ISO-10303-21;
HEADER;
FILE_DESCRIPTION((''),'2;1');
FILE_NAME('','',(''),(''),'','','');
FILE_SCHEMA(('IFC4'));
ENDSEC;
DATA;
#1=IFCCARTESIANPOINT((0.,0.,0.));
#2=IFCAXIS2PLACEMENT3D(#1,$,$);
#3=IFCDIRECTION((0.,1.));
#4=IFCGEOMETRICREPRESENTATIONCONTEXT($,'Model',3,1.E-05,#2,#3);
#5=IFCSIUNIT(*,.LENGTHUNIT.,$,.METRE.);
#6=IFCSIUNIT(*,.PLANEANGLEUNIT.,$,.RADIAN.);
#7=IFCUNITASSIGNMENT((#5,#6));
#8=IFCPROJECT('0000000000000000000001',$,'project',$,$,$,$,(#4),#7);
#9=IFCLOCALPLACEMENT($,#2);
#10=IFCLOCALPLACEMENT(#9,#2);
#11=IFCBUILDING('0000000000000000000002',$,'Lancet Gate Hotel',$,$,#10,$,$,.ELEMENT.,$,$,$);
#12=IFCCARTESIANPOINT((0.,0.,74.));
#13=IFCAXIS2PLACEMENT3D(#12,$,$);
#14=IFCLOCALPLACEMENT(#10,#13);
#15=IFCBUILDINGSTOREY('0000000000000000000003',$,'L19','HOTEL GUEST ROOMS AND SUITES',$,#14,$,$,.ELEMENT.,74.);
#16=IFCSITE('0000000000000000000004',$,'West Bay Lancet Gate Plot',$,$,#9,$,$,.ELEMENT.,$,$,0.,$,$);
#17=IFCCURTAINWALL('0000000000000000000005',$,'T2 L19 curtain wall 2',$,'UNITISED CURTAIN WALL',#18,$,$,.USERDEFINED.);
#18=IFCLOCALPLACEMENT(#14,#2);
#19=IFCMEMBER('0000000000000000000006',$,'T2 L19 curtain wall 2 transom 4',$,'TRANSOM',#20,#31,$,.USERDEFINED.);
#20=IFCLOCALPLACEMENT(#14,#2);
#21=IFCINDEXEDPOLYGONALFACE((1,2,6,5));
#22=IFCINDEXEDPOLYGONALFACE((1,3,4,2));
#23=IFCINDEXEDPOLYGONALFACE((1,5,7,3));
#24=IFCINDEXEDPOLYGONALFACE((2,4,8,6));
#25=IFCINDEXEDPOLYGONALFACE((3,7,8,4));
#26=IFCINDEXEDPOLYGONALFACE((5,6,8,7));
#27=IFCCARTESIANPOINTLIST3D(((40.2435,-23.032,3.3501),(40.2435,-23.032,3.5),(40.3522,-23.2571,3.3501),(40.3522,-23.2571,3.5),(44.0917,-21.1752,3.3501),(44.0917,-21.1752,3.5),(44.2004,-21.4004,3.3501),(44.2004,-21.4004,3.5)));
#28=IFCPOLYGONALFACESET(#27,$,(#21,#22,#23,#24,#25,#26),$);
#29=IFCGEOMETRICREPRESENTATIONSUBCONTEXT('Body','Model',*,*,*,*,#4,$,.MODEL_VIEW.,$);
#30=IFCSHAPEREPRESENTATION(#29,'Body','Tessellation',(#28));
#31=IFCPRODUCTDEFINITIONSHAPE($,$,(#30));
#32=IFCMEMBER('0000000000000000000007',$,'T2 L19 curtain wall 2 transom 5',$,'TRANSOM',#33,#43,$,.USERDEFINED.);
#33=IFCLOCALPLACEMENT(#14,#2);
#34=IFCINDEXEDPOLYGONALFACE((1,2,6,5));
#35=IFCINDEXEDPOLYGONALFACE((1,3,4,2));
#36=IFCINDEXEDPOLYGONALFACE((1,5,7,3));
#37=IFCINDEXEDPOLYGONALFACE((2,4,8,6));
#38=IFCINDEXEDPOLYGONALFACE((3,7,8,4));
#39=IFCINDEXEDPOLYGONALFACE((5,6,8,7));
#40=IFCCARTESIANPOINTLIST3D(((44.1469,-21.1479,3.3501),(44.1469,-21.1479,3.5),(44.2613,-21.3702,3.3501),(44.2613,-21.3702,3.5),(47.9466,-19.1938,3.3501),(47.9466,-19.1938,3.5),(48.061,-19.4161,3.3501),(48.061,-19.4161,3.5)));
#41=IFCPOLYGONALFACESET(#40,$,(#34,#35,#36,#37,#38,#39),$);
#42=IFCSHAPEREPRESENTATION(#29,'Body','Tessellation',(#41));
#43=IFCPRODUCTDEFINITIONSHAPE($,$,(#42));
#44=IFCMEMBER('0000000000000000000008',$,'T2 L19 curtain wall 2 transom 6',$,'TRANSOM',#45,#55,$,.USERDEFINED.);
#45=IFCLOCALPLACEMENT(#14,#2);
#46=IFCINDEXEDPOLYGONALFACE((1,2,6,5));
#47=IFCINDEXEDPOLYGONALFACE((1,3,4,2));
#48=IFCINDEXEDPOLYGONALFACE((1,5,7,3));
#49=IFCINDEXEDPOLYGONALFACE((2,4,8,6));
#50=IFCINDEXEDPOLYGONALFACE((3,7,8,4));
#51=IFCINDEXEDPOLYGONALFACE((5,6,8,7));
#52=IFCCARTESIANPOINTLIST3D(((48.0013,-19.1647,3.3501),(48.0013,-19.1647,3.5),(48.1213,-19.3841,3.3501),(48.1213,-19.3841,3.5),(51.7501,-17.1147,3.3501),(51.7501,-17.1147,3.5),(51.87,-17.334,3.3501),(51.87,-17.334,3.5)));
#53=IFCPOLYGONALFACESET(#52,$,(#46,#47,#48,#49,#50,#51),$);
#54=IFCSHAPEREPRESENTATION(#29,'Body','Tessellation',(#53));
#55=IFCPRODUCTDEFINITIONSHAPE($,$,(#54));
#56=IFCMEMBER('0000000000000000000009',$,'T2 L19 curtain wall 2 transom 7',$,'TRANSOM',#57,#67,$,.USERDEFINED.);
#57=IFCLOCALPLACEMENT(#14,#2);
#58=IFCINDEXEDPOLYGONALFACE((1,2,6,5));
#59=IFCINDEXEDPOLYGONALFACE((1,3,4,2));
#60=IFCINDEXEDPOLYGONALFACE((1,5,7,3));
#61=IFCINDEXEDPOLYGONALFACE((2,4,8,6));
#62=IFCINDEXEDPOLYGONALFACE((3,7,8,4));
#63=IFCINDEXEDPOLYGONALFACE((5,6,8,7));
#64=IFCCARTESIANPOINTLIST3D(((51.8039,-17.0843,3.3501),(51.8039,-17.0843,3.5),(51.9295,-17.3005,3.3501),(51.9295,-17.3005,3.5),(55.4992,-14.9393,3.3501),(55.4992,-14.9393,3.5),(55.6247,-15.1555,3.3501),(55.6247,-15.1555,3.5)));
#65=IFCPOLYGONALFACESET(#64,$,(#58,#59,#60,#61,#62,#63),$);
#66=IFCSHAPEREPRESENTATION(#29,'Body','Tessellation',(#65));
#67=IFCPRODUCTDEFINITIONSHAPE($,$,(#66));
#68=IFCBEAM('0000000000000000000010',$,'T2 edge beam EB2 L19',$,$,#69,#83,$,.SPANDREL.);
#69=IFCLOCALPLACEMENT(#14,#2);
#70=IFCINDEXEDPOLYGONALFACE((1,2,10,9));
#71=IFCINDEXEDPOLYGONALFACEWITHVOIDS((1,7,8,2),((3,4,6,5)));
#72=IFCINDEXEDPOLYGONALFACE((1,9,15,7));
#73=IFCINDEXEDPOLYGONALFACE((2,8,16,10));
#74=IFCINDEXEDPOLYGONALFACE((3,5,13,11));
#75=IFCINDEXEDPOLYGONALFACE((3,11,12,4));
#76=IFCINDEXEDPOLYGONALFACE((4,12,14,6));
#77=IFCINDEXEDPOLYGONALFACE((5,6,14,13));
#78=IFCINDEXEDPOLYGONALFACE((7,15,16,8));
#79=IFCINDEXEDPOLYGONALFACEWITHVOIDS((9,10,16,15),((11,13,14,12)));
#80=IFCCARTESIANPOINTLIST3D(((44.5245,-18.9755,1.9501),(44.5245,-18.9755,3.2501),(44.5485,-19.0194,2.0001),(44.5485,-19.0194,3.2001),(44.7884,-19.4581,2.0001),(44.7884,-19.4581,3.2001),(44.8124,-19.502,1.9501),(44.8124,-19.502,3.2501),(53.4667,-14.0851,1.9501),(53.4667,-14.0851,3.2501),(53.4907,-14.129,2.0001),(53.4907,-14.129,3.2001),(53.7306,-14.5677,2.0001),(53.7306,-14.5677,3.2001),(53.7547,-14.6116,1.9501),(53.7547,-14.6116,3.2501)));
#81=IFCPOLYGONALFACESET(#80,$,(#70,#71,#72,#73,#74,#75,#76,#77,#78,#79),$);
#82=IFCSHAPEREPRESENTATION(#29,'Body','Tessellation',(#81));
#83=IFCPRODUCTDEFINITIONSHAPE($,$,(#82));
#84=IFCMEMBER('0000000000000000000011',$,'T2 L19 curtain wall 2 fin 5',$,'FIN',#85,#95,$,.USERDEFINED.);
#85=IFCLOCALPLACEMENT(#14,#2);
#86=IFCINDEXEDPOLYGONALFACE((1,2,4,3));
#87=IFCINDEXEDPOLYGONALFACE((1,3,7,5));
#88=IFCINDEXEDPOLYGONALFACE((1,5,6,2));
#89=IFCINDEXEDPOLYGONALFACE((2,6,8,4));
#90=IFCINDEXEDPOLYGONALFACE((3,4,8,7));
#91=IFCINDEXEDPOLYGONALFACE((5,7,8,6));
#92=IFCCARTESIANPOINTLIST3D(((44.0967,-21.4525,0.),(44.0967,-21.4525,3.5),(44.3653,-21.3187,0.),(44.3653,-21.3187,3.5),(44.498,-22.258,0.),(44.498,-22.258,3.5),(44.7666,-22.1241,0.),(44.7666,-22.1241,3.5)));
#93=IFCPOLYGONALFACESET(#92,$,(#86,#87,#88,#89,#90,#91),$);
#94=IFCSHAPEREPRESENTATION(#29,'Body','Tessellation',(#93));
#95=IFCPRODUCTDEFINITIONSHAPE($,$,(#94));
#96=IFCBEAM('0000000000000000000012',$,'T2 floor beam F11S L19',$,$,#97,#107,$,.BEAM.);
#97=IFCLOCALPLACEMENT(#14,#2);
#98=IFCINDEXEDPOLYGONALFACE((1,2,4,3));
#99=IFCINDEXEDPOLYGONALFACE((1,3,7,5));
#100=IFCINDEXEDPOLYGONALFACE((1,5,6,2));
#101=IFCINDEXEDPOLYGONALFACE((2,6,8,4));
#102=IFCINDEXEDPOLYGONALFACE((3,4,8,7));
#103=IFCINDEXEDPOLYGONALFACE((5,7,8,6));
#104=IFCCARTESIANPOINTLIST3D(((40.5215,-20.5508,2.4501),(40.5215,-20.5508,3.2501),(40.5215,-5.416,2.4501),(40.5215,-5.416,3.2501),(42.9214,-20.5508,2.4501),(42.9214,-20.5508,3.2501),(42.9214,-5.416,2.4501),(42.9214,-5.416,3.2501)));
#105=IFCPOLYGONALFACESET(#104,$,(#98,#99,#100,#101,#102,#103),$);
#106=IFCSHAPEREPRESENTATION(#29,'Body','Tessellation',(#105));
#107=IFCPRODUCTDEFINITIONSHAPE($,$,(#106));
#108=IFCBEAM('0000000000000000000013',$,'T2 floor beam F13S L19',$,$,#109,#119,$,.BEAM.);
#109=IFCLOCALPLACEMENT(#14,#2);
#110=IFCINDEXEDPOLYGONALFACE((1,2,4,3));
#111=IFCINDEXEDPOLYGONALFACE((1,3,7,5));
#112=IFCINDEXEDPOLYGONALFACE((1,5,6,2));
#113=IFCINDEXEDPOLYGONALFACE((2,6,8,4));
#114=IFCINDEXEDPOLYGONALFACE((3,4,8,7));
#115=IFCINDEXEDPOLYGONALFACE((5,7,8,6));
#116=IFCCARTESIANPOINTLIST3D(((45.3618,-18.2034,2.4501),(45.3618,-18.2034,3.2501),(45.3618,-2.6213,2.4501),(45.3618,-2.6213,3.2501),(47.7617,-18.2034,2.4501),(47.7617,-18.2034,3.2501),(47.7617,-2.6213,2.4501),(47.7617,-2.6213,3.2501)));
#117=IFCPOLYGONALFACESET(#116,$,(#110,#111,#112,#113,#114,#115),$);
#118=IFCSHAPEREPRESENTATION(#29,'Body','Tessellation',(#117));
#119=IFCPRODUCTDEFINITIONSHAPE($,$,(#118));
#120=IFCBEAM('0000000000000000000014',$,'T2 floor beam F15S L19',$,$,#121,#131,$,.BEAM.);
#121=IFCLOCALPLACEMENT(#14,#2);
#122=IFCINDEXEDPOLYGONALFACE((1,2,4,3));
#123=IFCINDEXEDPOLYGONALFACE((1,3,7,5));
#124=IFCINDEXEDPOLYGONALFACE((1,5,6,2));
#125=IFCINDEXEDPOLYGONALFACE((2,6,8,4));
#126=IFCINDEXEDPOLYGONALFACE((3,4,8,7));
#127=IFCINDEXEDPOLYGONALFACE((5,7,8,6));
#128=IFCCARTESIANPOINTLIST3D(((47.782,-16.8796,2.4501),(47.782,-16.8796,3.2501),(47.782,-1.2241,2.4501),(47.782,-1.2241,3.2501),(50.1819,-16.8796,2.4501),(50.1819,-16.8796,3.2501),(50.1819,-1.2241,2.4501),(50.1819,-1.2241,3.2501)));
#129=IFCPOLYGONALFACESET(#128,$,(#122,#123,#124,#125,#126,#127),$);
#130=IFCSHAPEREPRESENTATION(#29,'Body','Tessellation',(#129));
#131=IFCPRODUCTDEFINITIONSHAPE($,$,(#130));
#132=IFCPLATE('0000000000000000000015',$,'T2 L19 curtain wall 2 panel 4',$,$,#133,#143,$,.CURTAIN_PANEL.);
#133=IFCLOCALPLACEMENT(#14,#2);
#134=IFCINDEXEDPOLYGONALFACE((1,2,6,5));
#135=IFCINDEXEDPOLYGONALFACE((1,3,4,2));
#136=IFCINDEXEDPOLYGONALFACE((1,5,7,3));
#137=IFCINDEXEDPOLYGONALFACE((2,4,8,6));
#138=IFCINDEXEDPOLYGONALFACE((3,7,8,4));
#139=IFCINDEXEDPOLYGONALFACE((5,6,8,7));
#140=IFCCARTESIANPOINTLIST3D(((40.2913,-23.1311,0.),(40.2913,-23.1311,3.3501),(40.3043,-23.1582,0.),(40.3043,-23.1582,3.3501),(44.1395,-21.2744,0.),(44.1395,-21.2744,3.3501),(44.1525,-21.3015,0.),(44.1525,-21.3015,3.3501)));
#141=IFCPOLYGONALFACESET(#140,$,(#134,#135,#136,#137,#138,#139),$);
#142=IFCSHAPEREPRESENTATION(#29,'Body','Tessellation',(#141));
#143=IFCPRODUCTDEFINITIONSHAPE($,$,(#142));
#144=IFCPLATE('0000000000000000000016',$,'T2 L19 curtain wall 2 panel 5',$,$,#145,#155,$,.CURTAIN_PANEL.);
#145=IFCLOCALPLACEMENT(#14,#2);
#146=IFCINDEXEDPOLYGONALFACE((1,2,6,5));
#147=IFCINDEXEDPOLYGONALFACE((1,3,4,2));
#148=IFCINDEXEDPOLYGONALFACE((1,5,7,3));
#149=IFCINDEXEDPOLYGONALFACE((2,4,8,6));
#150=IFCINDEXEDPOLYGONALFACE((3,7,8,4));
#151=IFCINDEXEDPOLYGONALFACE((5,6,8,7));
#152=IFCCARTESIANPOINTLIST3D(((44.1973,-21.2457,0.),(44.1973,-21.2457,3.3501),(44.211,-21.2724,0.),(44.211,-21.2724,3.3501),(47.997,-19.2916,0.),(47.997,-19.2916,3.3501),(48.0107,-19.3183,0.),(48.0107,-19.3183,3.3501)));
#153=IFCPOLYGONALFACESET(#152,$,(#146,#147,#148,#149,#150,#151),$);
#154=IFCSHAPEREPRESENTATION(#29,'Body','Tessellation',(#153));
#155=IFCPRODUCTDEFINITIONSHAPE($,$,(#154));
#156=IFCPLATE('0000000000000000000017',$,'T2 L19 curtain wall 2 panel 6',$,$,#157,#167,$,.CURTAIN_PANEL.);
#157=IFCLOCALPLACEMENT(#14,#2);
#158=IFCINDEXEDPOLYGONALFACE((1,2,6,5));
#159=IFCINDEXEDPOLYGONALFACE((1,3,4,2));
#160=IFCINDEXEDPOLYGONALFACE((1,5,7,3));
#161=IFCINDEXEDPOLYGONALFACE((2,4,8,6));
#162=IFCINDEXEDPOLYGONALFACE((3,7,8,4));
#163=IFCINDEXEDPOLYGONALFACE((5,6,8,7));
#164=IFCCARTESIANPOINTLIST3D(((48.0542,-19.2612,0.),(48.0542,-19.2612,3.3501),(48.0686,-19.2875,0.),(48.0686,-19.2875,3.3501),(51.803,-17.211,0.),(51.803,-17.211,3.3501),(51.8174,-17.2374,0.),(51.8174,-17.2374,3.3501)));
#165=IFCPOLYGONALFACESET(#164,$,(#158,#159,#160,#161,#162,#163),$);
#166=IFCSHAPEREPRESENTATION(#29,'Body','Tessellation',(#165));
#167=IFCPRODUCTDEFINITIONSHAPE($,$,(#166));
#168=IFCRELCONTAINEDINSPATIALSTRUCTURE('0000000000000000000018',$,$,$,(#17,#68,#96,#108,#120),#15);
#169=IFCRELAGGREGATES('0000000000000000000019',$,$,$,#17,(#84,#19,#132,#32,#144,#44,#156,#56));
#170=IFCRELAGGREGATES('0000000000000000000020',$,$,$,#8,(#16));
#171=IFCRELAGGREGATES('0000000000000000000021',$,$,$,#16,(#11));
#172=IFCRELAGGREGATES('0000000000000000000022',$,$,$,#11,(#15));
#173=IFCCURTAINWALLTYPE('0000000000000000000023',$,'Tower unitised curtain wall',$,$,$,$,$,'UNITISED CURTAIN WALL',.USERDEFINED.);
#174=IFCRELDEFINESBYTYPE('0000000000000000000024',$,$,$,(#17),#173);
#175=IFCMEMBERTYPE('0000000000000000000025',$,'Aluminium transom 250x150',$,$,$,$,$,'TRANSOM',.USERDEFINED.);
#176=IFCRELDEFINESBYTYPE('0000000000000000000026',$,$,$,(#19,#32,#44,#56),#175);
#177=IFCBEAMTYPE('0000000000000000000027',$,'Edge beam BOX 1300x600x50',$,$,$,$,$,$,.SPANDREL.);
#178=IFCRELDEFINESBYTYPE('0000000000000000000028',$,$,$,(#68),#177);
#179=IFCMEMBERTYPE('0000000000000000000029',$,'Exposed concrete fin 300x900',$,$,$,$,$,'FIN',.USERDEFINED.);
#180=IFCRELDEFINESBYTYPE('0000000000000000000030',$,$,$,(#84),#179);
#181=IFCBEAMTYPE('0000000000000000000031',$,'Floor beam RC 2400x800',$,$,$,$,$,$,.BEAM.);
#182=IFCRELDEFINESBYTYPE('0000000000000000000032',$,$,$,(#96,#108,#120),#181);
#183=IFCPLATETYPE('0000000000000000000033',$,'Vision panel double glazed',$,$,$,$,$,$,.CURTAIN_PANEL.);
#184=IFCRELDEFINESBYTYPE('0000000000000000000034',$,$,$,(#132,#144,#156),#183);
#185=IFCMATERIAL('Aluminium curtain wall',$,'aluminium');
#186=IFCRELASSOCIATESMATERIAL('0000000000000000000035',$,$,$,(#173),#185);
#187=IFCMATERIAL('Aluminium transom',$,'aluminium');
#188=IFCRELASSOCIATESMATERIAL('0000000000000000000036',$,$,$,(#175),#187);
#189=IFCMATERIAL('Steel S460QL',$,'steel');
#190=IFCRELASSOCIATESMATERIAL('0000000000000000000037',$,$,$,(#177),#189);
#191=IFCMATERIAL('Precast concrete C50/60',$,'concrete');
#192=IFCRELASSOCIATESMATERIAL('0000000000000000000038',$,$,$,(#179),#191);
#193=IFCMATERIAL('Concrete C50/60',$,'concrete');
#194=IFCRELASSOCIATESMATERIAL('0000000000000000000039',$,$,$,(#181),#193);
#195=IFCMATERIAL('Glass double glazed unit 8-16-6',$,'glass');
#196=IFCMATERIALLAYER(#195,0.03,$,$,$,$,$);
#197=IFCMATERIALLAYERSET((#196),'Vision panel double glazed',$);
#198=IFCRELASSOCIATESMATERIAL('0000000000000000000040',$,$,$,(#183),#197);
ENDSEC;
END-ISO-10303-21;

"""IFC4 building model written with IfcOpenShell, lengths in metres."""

from ifc_helpers import new_model, si_unit, direction, frame, origin, origin_2d, place, context, subcontext, project, spatial, rectangle, hollow_rectangle, extrude, material, layer, layer_set, material_profile, profile_set, type_object, element, aggregate, save


model = new_model("IFC4")

# Units and contexts
model_context = context("Model", 3, precision=1e-05, world=origin(), true_north=direction((0.0, 1.0)))
body_context = subcontext(model_context, "Body", "Model", "MODEL_VIEW")
ifc_project = project(units=[si_unit("LENGTHUNIT", "METRE"), si_unit("PLANEANGLEUNIT", "RADIAN")], contexts=[model_context])

# Site, building, storey
site_placement = place(None, origin())
site = spatial("IfcSite", under=ifc_project, at=site_placement, Name="West Bay Lancet Gate Plot", CompositionType="ELEMENT", RefElevation=0.0)
building_placement = place(site_placement, origin())
building = spatial("IfcBuilding", under=site, at=building_placement, Name="Lancet Gate Hotel", CompositionType="ELEMENT")
storey_placement = place(building_placement, frame((0.0, 0.0, 74.0)))
storey = spatial("IfcBuildingStorey", under=building, at=storey_placement, Name="L19", Description="HOTEL GUEST ROOMS AND SUITES", CompositionType="ELEMENT", Elevation=74.0)

# Curtain wall, members
ifc_material_1 = material(Name="Aluminium curtain wall", Category="aluminium")
curtain_wall_type = type_object("IfcCurtainWallType", Name="Tower unitised curtain wall", ElementType="UNITISED CURTAIN WALL", PredefinedType="USERDEFINED", material=ifc_material_1)
curtain_wall_placement = place(storey_placement, origin())
curtain_wall = element("IfcCurtainWall", 1, at=curtain_wall_placement, inside=storey, type_object=curtain_wall_type, Name="T2 L19 curtain wall 2", ObjectType="UNITISED CURTAIN WALL", PredefinedType="USERDEFINED")
ifc_material_2 = material(Name="Aluminium transom", Category="aluminium")
ifc_material_profile_1 = material_profile(ifc_material_2, rectangle(XDim=0.25, YDim=0.1499, at=origin_2d()), Name="TRANSOM 250x150")
ifc_profile_set_1 = profile_set([ifc_material_profile_1], Name="Aluminium transom")
member_type_1 = type_object("IfcMemberType", Name="Aluminium transom 250x150", ElementType="TRANSOM", PredefinedType="USERDEFINED", material=ifc_profile_set_1)
member_1_placement = place(storey_placement, frame((40.2979, -23.1445, 3.425), z_axis=(0.900646, 0.434553, 0.0), x_axis=(-0.434553, 0.900646, 0.0)))
member_1 = element("IfcMember", 2, at=member_1_placement, type_object=member_type_1, Name="T2 L19 curtain wall 2 transom 4", ObjectType="TRANSOM", PredefinedType="USERDEFINED", context=body_context, shape_type="SweptSolid", body=[
    extrude(rectangle(XDim=0.25, YDim=0.1499, at=origin_2d()), origin(), (0.0, 0.0, 1.0), 4.2727),
])
member_2_placement = place(storey_placement, frame((44.2041, -21.259, 3.425), z_axis=(0.889296, 0.457333, 0.0), x_axis=(-0.457333, 0.889296, 0.0)))
member_2 = element("IfcMember", 3, at=member_2_placement, type_object=member_type_1, Name="T2 L19 curtain wall 2 transom 5", ObjectType="TRANSOM", PredefinedType="USERDEFINED", context=body_context, shape_type="SweptSolid", body=[
    extrude(rectangle(XDim=0.25, YDim=0.1499, at=origin_2d()), origin(), (0.0, 0.0, 1.0), 4.2727),
])
member_3_placement = place(storey_placement, frame((48.0613, -19.2744, 3.425), z_axis=(0.877378, 0.479801, 0.0), x_axis=(-0.479801, 0.877378, 0.0)))
member_3 = element("IfcMember", 4, at=member_3_placement, type_object=member_type_1, Name="T2 L19 curtain wall 2 transom 6", ObjectType="TRANSOM", PredefinedType="USERDEFINED", context=body_context, shape_type="SweptSolid", body=[
    extrude(rectangle(XDim=0.25, YDim=0.1499, at=origin_2d()), origin(), (0.0, 0.0, 1.0), 4.2727),
])
member_4_placement = place(storey_placement, frame((51.8667, -17.1924, 3.425), z_axis=(0.864855, 0.502022, 0.0), x_axis=(-0.502022, 0.864855, 0.0)))
member_4 = element("IfcMember", 5, at=member_4_placement, type_object=member_type_1, Name="T2 L19 curtain wall 2 transom 7", ObjectType="TRANSOM", PredefinedType="USERDEFINED", context=body_context, shape_type="SweptSolid", body=[
    extrude(rectangle(XDim=0.25, YDim=0.1499, at=origin_2d()), origin(), (0.0, 0.0, 1.0), 4.2727),
])

# Beam
ifc_material_3 = material(Name="Steel S460QL", Category="steel")
ifc_material_profile_2 = material_profile(ifc_material_3, hollow_rectangle(XDim=0.6001, YDim=1.3, WallThickness=0.05, at=origin_2d()), Name="BOX 1300x600x50")
ifc_profile_set_2 = profile_set([ifc_material_profile_2], Name="Steel S460QL")
beam_type_1 = type_object("IfcBeamType", Name="Edge beam BOX 1300x600x50", PredefinedType="SPANDREL", material=ifc_profile_set_2)
beam_1_placement = place(storey_placement, frame((44.6685, -19.2388, 2.6001), z_axis=(0.877365, 0.479824, 0.0), x_axis=(-0.479824, 0.877365, 0.0)))
element("IfcBeam", 6, at=beam_1_placement, inside=storey, type_object=beam_type_1, Name="T2 edge beam EB2 L19", PredefinedType="SPANDREL", context=body_context, shape_type="SweptSolid", body=[
    extrude(hollow_rectangle(XDim=0.6001, YDim=1.3, WallThickness=0.05, at=origin_2d()), origin(), (0.0, 0.0, 1.0), 10.1921),
])

# Member
ifc_material_4 = material(Name="Precast concrete C50/60", Category="concrete")
ifc_material_profile_3 = material_profile(ifc_material_4, rectangle(XDim=0.3, YDim=0.8999, at=origin_2d()), Name="FIN 300x900")
ifc_profile_set_3 = profile_set([ifc_material_profile_3], Name="Precast concrete C50/60")
member_type_2 = type_object("IfcMemberType", Name="Exposed concrete fin 300x900", ElementType="FIN", PredefinedType="USERDEFINED", material=ifc_profile_set_3)
member_5_placement = place(storey_placement, frame((44.4316, -21.7883, 0.0), z_axis=(0.0, 0.0, 1.0), x_axis=(0.895044, 0.445978, 0.0)))
member_5 = element("IfcMember", 7, at=member_5_placement, type_object=member_type_2, Name="T2 L19 curtain wall 2 fin 5", ObjectType="FIN", PredefinedType="USERDEFINED", context=body_context, shape_type="SweptSolid", body=[
    extrude(rectangle(XDim=0.3, YDim=0.8999, at=origin_2d()), origin(), (0.0, 0.0, 1.0), 3.5),
])

# Beams
ifc_material_5 = material(Name="Concrete C50/60", Category="concrete")
ifc_material_profile_4 = material_profile(ifc_material_5, rectangle(XDim=2.3999, YDim=0.8, at=origin_2d()), Name="RC 2400x800")
ifc_profile_set_4 = profile_set([ifc_material_profile_4], Name="Concrete C50/60")
beam_type_2 = type_object("IfcBeamType", Name="Floor beam RC 2400x800", PredefinedType="BEAM", material=ifc_profile_set_4)
beam_2_placement = place(storey_placement, frame((41.7214, -20.5508, 2.8501), z_axis=(0.0, 1.0, 0.0), x_axis=(-1.0, 0.0, 0.0)))
element("IfcBeam", 8, at=beam_2_placement, inside=storey, type_object=beam_type_2, Name="T2 floor beam F11S L19", PredefinedType="BEAM", context=body_context, shape_type="SweptSolid", body=[
    extrude(rectangle(XDim=2.3999, YDim=0.8, at=origin_2d()), origin(), (0.0, 0.0, 1.0), 15.1348),
])
beam_3_placement = place(storey_placement, frame((46.5618, -18.2034, 2.8501), z_axis=(0.0, 1.0, 0.0), x_axis=(-1.0, 0.0, 0.0)))
element("IfcBeam", 9, at=beam_3_placement, inside=storey, type_object=beam_type_2, Name="T2 floor beam F13S L19", PredefinedType="BEAM", context=body_context, shape_type="SweptSolid", body=[
    extrude(rectangle(XDim=2.3999, YDim=0.8, at=origin_2d()), origin(), (0.0, 0.0, 1.0), 15.582),
])
beam_4_placement = place(storey_placement, frame((48.9819, -16.8796, 2.8501), z_axis=(0.0, 1.0, 0.0), x_axis=(-1.0, 0.0, 0.0)))
element("IfcBeam", 10, at=beam_4_placement, inside=storey, type_object=beam_type_2, Name="T2 floor beam F15S L19", PredefinedType="BEAM", context=body_context, shape_type="SweptSolid", body=[
    extrude(rectangle(XDim=2.3999, YDim=0.8, at=origin_2d()), origin(), (0.0, 0.0, 1.0), 15.6555),
])

# Plates
ifc_material_6 = material(Name="Glass double glazed unit 8-16-6", Category="glass")
ifc_layer = layer(ifc_material_6, 0.03)
ifc_layer_set = layer_set([ifc_layer], Name="Vision panel double glazed")
plate_type = type_object("IfcPlateType", Name="Vision panel double glazed", PredefinedType="CURTAIN_PANEL", material=ifc_layer_set)
plate_1_placement = place(storey_placement, frame((42.2219, -22.2163, 0.0), z_axis=(0.0, 0.0, 1.0), x_axis=(0.900647, 0.43455, 0.0)))
plate_1 = element("IfcPlate", 11, at=plate_1_placement, type_object=plate_type, Name="T2 L19 curtain wall 2 panel 4", PredefinedType="CURTAIN_PANEL", context=body_context, shape_type="SweptSolid", body=[
    extrude(rectangle(XDim=4.2727, YDim=0.03, at=origin_2d()), origin(), (0.0, 0.0, 1.0), 3.3501),
])
plate_2_placement = place(storey_placement, frame((46.104, -20.282, 0.0), z_axis=(0.0, 0.0, 1.0), x_axis=(0.889296, 0.457332, 0.0)))
plate_2 = element("IfcPlate", 12, at=plate_2_placement, type_object=plate_type, Name="T2 L19 curtain wall 2 panel 5", PredefinedType="CURTAIN_PANEL", context=body_context, shape_type="SweptSolid", body=[
    extrude(rectangle(XDim=4.2727, YDim=0.03, at=origin_2d()), origin(), (0.0, 0.0, 1.0), 3.3501),
])
plate_3_placement = place(storey_placement, frame((49.9358, -18.2493, 0.0), z_axis=(0.0, 0.0, 1.0), x_axis=(0.877368, 0.479818, 0.0)))
plate_3 = element("IfcPlate", 13, at=plate_3_placement, type_object=plate_type, Name="T2 L19 curtain wall 2 panel 6", PredefinedType="CURTAIN_PANEL", context=body_context, shape_type="SweptSolid", body=[
    extrude(rectangle(XDim=4.2727, YDim=0.03, at=origin_2d()), origin(), (0.0, 0.0, 1.0), 3.3501),
])
aggregate(curtain_wall, [member_5, member_1, plate_1, member_2, plate_2, member_3, plate_3, member_4])

save(model, "model.ifc")
